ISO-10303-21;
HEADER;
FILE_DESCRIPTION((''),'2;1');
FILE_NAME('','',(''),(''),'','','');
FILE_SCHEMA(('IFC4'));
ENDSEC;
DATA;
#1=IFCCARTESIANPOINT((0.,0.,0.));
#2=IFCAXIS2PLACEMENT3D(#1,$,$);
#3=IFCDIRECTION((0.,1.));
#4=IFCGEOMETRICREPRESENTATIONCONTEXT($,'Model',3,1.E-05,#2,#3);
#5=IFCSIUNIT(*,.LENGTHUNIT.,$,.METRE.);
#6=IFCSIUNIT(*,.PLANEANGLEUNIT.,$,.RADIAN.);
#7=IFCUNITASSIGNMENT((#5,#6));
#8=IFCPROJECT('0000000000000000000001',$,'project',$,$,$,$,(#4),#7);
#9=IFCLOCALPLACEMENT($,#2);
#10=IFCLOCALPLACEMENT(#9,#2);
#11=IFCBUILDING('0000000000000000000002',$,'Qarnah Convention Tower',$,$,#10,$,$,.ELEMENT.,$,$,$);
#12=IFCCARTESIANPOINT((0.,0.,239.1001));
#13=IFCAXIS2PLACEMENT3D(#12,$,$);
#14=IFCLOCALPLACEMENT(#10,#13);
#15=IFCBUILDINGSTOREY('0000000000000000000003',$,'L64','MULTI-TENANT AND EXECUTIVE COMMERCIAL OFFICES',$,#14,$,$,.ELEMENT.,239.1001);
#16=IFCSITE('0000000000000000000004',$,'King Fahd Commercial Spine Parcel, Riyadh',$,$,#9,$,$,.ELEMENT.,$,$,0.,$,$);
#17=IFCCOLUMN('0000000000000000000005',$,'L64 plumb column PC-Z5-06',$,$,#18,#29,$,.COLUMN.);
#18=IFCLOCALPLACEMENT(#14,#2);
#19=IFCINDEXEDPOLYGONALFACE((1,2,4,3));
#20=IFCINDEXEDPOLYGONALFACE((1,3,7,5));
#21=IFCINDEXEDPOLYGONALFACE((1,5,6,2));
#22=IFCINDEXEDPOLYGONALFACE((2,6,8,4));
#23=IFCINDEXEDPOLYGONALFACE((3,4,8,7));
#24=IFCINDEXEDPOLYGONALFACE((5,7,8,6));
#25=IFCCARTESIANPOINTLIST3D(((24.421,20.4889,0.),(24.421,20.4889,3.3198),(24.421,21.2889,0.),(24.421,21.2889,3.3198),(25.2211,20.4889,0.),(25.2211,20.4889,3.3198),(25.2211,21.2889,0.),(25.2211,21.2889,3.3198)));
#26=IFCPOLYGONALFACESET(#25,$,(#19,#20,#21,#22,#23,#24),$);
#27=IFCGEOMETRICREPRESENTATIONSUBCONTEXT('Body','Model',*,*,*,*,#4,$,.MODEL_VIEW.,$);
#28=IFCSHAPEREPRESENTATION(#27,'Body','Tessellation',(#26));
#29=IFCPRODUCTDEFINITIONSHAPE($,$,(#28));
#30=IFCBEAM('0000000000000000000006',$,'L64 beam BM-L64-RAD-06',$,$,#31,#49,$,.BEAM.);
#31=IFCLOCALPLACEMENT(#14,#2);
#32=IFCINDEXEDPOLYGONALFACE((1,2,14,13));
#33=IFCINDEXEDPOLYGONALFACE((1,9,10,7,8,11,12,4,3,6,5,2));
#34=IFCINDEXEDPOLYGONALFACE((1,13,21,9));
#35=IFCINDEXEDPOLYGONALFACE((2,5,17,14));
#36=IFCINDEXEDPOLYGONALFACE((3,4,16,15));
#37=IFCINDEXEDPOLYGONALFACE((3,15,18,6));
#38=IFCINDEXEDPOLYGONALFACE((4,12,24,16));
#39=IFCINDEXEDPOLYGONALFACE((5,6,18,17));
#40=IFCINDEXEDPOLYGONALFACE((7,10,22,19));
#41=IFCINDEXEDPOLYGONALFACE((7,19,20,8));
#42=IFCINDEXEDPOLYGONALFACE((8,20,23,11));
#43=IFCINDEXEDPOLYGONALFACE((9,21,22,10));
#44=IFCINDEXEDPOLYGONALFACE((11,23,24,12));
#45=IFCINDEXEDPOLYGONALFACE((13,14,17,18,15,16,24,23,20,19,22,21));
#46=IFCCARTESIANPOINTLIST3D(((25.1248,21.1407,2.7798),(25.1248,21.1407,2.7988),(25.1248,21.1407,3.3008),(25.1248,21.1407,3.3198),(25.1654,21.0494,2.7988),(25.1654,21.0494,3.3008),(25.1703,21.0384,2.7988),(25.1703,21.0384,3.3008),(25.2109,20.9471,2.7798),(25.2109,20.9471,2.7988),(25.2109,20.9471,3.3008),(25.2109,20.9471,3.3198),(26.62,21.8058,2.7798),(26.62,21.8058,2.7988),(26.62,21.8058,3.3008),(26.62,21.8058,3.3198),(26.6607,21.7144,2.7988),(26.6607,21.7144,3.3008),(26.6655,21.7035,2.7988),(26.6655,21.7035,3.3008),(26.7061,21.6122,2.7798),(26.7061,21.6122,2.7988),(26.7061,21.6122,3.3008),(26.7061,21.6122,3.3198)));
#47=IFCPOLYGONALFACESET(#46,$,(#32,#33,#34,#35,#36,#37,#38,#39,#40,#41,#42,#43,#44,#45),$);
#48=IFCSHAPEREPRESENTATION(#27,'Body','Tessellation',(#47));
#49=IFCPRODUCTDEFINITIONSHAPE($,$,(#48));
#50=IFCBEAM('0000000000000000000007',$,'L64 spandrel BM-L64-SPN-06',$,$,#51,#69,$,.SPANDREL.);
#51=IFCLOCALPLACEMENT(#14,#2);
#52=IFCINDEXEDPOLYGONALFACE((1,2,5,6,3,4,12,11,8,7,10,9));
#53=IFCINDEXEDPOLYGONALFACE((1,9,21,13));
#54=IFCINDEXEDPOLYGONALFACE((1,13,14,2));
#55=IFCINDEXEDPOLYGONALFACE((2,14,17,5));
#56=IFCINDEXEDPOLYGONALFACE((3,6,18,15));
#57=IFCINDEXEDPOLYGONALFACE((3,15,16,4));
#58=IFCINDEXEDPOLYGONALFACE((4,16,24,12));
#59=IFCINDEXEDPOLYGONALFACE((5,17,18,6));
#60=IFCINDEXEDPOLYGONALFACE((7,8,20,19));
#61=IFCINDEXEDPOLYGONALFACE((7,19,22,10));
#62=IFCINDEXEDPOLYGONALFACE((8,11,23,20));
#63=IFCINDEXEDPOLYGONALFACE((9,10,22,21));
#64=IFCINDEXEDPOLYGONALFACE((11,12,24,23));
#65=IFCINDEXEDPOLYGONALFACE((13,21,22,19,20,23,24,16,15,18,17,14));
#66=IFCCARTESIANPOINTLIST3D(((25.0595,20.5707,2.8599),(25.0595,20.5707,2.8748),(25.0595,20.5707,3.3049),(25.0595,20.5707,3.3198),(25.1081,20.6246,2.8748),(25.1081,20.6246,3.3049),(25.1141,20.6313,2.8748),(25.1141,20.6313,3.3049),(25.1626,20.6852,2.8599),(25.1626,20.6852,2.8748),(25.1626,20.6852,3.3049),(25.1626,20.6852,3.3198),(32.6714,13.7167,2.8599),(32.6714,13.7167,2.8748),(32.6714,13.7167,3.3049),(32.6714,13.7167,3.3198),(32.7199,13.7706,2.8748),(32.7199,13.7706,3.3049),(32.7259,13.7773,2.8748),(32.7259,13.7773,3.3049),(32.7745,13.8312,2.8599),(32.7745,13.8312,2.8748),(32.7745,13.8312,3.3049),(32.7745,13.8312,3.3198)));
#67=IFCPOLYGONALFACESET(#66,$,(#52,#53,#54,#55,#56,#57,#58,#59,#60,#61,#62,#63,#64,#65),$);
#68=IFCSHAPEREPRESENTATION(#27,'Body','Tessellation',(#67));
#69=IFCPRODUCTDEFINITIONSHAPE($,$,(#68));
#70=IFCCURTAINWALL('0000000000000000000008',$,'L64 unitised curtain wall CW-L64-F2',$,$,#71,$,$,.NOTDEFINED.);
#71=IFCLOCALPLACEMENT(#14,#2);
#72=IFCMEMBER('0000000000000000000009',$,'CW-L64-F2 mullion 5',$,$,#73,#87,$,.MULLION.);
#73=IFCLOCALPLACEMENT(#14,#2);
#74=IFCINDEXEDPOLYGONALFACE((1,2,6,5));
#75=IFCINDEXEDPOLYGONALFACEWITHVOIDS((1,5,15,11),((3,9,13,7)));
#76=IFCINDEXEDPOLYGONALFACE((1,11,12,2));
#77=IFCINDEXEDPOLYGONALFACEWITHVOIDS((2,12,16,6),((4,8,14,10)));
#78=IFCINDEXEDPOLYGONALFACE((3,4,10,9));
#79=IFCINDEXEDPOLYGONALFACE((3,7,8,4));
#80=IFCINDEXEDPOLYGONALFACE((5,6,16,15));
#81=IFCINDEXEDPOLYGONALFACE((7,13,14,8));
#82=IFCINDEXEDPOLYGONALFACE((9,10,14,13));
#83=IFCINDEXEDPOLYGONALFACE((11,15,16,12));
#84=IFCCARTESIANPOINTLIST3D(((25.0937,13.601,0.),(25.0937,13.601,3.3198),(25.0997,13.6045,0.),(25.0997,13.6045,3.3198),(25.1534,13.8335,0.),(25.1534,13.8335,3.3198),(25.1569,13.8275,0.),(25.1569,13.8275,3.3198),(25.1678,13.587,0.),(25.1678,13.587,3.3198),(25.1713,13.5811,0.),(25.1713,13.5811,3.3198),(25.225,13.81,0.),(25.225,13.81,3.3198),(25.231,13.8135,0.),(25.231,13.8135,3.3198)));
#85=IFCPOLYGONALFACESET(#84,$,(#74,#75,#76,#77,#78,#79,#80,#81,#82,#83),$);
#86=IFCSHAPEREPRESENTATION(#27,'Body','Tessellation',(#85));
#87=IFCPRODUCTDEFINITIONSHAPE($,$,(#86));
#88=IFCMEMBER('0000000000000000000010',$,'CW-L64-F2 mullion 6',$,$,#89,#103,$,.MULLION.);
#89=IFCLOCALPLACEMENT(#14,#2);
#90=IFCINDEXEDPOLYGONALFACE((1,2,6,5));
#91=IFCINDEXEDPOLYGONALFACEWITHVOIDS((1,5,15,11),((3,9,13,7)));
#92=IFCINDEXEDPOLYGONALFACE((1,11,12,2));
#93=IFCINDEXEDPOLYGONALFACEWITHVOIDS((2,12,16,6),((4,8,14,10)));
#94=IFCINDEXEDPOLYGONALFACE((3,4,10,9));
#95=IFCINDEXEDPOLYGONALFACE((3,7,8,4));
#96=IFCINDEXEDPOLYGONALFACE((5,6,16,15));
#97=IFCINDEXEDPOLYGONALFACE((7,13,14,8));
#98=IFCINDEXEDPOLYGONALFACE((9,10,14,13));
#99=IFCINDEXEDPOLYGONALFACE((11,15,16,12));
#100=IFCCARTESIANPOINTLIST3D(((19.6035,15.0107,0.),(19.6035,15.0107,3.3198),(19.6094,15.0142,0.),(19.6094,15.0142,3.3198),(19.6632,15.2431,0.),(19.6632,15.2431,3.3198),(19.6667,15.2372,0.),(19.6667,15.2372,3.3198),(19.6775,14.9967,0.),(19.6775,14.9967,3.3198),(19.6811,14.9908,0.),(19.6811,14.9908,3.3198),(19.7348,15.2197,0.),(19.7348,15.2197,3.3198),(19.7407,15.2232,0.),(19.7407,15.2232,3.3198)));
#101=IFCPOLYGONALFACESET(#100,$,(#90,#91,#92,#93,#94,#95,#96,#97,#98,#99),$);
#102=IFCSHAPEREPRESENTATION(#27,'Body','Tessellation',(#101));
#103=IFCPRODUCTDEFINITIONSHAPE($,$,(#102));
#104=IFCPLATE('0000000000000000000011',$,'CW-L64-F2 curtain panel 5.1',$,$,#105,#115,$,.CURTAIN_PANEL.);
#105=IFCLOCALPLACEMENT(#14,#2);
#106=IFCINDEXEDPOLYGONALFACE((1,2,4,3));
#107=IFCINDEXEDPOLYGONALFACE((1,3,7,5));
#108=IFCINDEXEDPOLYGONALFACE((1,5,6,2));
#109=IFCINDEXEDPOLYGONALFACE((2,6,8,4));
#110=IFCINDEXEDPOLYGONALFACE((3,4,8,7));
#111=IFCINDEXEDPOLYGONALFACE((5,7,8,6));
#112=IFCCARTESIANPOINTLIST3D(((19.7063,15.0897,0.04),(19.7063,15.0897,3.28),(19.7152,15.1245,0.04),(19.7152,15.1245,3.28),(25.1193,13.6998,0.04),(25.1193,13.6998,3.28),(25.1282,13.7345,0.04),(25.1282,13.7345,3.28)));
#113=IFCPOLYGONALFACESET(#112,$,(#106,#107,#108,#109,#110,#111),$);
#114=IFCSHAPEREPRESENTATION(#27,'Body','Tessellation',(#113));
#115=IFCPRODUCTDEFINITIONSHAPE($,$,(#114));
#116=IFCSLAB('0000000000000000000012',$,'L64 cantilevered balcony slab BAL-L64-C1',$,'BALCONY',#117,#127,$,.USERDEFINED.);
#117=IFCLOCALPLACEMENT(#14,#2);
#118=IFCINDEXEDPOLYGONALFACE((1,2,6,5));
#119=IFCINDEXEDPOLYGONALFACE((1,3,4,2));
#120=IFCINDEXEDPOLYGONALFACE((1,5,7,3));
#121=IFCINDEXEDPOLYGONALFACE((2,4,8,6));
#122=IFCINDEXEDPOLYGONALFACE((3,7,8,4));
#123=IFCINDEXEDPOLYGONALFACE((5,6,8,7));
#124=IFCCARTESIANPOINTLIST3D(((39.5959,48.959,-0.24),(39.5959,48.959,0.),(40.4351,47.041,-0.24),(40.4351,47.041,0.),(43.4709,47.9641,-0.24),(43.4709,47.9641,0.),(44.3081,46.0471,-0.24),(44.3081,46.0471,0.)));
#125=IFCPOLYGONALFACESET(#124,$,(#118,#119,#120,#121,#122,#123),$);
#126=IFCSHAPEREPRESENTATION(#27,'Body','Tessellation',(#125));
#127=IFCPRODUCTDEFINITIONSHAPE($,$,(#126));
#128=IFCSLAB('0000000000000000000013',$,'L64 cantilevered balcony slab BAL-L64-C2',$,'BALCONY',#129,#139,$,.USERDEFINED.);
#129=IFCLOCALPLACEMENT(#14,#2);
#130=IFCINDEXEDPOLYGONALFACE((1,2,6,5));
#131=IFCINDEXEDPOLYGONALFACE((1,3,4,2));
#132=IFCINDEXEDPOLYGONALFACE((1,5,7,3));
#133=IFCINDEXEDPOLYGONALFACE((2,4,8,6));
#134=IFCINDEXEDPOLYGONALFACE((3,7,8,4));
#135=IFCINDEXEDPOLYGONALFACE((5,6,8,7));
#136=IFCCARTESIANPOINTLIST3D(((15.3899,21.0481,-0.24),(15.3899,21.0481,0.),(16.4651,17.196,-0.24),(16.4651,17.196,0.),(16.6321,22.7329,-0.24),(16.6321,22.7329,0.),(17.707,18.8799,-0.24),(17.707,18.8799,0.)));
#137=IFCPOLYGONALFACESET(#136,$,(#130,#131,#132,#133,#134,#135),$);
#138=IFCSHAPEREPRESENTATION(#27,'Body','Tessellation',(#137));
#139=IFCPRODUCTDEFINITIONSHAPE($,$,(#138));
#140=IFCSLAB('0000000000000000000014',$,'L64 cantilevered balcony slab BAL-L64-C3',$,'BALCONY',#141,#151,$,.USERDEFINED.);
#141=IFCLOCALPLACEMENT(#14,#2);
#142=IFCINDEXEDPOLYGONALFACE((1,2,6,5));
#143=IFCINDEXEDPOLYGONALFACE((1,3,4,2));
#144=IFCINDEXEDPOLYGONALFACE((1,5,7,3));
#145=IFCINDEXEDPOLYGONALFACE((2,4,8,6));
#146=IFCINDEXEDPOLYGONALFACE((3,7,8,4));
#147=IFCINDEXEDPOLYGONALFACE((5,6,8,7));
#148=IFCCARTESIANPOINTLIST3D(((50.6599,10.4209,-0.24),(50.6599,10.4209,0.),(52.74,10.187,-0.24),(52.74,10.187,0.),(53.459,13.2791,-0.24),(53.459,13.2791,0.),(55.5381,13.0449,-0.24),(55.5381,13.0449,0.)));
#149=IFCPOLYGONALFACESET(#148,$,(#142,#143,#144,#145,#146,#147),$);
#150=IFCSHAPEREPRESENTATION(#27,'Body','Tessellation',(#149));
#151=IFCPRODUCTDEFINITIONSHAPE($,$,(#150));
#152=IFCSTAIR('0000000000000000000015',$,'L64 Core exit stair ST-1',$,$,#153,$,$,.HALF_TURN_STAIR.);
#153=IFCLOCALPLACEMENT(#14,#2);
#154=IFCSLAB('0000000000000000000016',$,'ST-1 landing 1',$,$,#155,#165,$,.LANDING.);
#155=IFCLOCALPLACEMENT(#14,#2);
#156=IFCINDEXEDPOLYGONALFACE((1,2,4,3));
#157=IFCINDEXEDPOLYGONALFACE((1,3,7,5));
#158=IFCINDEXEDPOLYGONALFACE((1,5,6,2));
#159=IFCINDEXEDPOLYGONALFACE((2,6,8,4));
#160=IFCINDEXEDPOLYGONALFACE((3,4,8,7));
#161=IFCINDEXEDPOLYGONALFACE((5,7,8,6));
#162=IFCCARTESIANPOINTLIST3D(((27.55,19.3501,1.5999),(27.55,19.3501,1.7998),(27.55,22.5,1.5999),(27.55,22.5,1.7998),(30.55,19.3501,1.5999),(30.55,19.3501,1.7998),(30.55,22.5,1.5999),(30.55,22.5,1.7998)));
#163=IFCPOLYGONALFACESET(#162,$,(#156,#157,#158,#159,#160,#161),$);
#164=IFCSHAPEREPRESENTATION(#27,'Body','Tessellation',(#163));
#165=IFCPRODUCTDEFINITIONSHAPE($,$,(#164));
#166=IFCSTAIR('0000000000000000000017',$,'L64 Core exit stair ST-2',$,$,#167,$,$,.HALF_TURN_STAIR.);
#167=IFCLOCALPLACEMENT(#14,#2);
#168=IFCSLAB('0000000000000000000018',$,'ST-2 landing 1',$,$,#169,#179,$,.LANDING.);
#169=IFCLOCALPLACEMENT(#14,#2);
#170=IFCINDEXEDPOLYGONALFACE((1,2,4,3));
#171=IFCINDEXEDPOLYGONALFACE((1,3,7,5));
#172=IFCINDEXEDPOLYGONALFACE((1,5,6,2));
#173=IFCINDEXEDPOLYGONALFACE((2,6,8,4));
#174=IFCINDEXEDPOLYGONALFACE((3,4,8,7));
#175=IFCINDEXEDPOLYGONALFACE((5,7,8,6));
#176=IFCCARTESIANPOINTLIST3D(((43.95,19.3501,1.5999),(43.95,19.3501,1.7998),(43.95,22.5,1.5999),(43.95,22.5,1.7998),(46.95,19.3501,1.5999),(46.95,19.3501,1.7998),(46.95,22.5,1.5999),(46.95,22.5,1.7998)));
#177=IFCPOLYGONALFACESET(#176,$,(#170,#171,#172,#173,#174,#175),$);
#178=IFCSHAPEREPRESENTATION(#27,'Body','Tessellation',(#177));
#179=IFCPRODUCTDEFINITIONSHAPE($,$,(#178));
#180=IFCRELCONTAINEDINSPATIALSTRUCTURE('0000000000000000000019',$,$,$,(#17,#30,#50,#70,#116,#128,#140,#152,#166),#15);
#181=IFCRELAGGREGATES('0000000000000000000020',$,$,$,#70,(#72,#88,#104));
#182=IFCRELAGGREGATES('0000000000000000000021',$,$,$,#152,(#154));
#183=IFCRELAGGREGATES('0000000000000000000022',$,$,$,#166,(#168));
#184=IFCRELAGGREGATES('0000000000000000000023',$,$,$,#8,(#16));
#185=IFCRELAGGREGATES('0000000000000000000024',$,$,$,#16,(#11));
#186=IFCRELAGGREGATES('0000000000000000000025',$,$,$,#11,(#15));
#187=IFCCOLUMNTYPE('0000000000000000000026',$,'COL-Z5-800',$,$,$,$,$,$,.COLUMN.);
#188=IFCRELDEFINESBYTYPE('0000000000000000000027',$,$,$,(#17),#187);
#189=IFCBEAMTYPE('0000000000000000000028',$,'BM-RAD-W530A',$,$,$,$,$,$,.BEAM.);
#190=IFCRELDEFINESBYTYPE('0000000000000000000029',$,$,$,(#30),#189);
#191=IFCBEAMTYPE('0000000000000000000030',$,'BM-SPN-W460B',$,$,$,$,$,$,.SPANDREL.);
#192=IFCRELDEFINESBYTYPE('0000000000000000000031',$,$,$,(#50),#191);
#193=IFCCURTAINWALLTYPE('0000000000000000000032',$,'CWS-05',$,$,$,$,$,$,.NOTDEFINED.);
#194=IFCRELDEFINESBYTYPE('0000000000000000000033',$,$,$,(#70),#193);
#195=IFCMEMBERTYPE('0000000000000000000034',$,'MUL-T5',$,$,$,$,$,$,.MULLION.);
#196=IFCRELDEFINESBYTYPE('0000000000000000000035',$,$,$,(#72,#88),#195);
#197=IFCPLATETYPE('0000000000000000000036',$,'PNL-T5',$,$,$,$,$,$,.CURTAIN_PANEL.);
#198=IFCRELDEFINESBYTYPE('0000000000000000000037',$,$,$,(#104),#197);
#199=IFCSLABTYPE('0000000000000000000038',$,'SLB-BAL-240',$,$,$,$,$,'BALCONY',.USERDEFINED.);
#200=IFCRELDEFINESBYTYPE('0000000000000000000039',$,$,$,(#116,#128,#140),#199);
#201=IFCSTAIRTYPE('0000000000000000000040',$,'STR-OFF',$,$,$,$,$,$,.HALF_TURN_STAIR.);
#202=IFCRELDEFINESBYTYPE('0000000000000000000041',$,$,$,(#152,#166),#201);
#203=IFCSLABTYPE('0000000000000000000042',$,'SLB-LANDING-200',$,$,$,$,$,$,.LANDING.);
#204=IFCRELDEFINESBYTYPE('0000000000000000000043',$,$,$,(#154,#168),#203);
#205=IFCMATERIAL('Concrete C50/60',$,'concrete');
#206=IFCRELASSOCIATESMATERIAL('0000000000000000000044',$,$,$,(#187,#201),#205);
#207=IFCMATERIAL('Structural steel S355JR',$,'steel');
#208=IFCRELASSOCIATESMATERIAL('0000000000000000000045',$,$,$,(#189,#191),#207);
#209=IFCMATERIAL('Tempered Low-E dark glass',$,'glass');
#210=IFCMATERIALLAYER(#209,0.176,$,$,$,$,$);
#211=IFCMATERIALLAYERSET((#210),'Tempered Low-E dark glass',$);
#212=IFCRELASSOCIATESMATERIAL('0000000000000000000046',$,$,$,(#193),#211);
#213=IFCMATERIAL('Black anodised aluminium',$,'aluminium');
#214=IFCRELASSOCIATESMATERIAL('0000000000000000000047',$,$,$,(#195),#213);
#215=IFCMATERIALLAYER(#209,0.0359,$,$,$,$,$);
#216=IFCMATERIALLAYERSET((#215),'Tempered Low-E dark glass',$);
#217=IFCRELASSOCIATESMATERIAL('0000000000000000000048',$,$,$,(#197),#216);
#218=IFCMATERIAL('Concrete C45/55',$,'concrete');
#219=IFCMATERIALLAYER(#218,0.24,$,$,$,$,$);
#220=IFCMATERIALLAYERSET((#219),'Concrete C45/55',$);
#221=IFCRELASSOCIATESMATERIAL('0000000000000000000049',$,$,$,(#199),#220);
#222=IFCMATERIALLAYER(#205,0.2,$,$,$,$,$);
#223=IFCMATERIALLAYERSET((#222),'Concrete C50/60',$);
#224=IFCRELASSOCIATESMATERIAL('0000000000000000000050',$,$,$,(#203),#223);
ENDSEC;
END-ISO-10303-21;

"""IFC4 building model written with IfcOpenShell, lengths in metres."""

from ifc_helpers import new_model, si_unit, direction, frame, origin, origin_2d, place, context, subcontext, project, spatial, polyline, rectangle, hollow_rectangle, i_section, outline, extrude, material, layer, layer_set, material_profile, profile_set, type_object, element, aggregate, save


model = new_model("IFC4")

# Units and contexts
model_context = context("Model", 3, precision=1e-05, world=origin(), true_north=direction((0.0, 1.0)))
body_context = subcontext(model_context, "Body", "Model", "MODEL_VIEW")
ifc_project = project(units=[si_unit("LENGTHUNIT", "METRE"), si_unit("PLANEANGLEUNIT", "RADIAN")], contexts=[model_context])

# Site, building, storey
site_placement = place(None, origin())
site = spatial("IfcSite", under=ifc_project, at=site_placement, Name="King Fahd Commercial Spine Parcel, Riyadh", CompositionType="ELEMENT", RefElevation=0.0)
building_placement = place(site_placement, origin())
building = spatial("IfcBuilding", under=site, at=building_placement, Name="Qarnah Convention Tower", CompositionType="ELEMENT")
storey_placement = place(building_placement, frame((0.0, 0.0, 239.1001)))
storey = spatial("IfcBuildingStorey", under=building, at=storey_placement, Name="L64", Description="MULTI-TENANT AND EXECUTIVE COMMERCIAL OFFICES", CompositionType="ELEMENT", Elevation=239.1001)

# Column
ifc_material_1 = material(Name="Concrete C50/60", Category="concrete")
ifc_material_profile_1 = material_profile(ifc_material_1, rectangle(XDim=0.8, YDim=0.8, at=origin_2d()), Name="RC-COL-800X800")
ifc_profile_set_1 = profile_set([ifc_material_profile_1], Name="Concrete C50/60")
column_type = type_object("IfcColumnType", Name="COL-Z5-800", PredefinedType="COLUMN", material=ifc_profile_set_1)
column_placement = place(storey_placement, frame((24.821, 20.8889, 0.0), z_axis=(0.0, 0.0, 1.0), x_axis=(1.0, 0.0, 0.0)))
element("IfcColumn", 1, at=column_placement, inside=storey, type_object=column_type, Name="L64 plumb column PC-Z5-06", PredefinedType="COLUMN", context=body_context, shape_type="SweptSolid", body=[
    extrude(rectangle(XDim=0.8, YDim=0.8, at=origin_2d()), origin(), (0.0, 0.0, 1.0), 3.3198),
])

# Beams
ifc_material_2 = material(Name="Structural steel S355JR", Category="steel")
ifc_material_profile_2 = material_profile(ifc_material_2, i_section(OverallWidth=0.2119, OverallDepth=0.54, WebThickness=0.012, FlangeThickness=0.019, at=origin_2d()), Name="W530X109")
ifc_profile_set_2 = profile_set([ifc_material_profile_2], Name="Structural steel S355JR")
beam_type_1 = type_object("IfcBeamType", Name="BM-RAD-W530A", PredefinedType="BEAM", material=ifc_profile_set_2)
beam_1_placement = place(storey_placement, frame((26.6631, 21.709, 3.0498), z_axis=(-0.913688, -0.406415, 0.0), x_axis=(0.406415, -0.913688, 0.0)))
element("IfcBeam", 2, at=beam_1_placement, inside=storey, type_object=beam_type_1, Name="L64 beam BM-L64-RAD-06", PredefinedType="BEAM", context=body_context, shape_type="SweptSolid", body=[
    extrude(i_section(OverallWidth=0.2119, OverallDepth=0.54, WebThickness=0.012, FlangeThickness=0.019, at=origin_2d()), origin(), (0.0, 0.0, 1.0), 1.6365),
])
ifc_material_profile_3 = material_profile(ifc_material_2, i_section(OverallWidth=0.1541, OverallDepth=0.46, WebThickness=0.009, FlangeThickness=0.0149, at=origin_2d()), Name="W460X68")
ifc_profile_set_3 = profile_set([ifc_material_profile_3], Name="Structural steel S355JR")
beam_type_2 = type_object("IfcBeamType", Name="BM-SPN-W460B", PredefinedType="SPANDREL", material=ifc_profile_set_3)
beam_2_placement = place(storey_placement, frame((25.1111, 20.6279, 3.0898), z_axis=(0.743131, -0.669146, 0.0), x_axis=(0.669146, 0.743131, 0.0)))
element("IfcBeam", 3, at=beam_2_placement, inside=storey, type_object=beam_type_2, Name="L64 spandrel BM-L64-SPN-06", PredefinedType="SPANDREL", context=body_context, shape_type="SweptSolid", body=[
    extrude(i_section(OverallWidth=0.1541, OverallDepth=0.46, WebThickness=0.009, FlangeThickness=0.0149, at=origin_2d()), origin(), (0.0, 0.0, 1.0), 10.2429),
])

# Curtain wall, members, plate
ifc_material_3 = material(Name="Tempered Low-E dark glass", Category="glass")
ifc_layer_1 = layer(ifc_material_3, 0.176)
ifc_layer_set_1 = layer_set([ifc_layer_1], Name="Tempered Low-E dark glass")
curtain_wall_type = type_object("IfcCurtainWallType", Name="CWS-05", PredefinedType="NOTDEFINED", material=ifc_layer_set_1)
curtain_wall_placement = place(storey_placement, origin())
curtain_wall = element("IfcCurtainWall", 4, at=curtain_wall_placement, inside=storey, type_object=curtain_wall_type, Name="L64 unitised curtain wall CW-L64-F2", PredefinedType="NOTDEFINED")
ifc_material_4 = material(Name="Black anodised aluminium", Category="aluminium")
ifc_material_profile_4 = material_profile(ifc_material_4, hollow_rectangle(XDim=0.0801, YDim=0.24, WallThickness=0.0049, at=origin_2d()), Name="MUL-80X240")
ifc_profile_set_4 = profile_set([ifc_material_profile_4], Name="Black anodised aluminium")
member_type = type_object("IfcMemberType", Name="MUL-T5", PredefinedType="MULLION", material=ifc_profile_set_4)
member_1_placement = place(storey_placement, frame((25.1624, 13.7073, 0.0), z_axis=(0.0, 0.0, 1.0), x_axis=(-0.968579, 0.248707, 0.0)))
member_1 = element("IfcMember", 5, at=member_1_placement, type_object=member_type, Name="CW-L64-F2 mullion 5", PredefinedType="MULLION", context=body_context, shape_type="SweptSolid", body=[
    extrude(hollow_rectangle(XDim=0.0801, YDim=0.24, WallThickness=0.0049, at=origin_2d()), origin(), (0.0, 0.0, 1.0), 3.3198),
])
member_2_placement = place(storey_placement, frame((19.6721, 15.1169, 0.0), z_axis=(0.0, 0.0, 1.0), x_axis=(-0.968579, 0.248707, 0.0)))
member_2 = element("IfcMember", 6, at=member_2_placement, type_object=member_type, Name="CW-L64-F2 mullion 6", PredefinedType="MULLION", context=body_context, shape_type="SweptSolid", body=[
    extrude(hollow_rectangle(XDim=0.0801, YDim=0.24, WallThickness=0.0049, at=origin_2d()), origin(), (0.0, 0.0, 1.0), 3.3198),
])
ifc_layer_2 = layer(ifc_material_3, 0.0359)
ifc_layer_set_2 = layer_set([ifc_layer_2], Name="Tempered Low-E dark glass")
plate_type = type_object("IfcPlateType", Name="PNL-T5", PredefinedType="CURTAIN_PANEL", material=ifc_layer_set_2)
plate_placement = place(storey_placement, frame((22.4172, 14.4121, 0.04), z_axis=(0.0, 0.0, 1.0), x_axis=(-0.968579, 0.248707, 0.0)))
plate = element("IfcPlate", 7, at=plate_placement, type_object=plate_type, Name="CW-L64-F2 curtain panel 5.1", PredefinedType="CURTAIN_PANEL", context=body_context, shape_type="SweptSolid", body=[
    extrude(rectangle(XDim=5.5886, YDim=0.0359, at=origin_2d()), origin(), (0.0, 0.0, 1.0), 3.24),
])
aggregate(curtain_wall, [member_1, member_2, plate])

# Slabs
ifc_material_5 = material(Name="Concrete C45/55", Category="concrete")
ifc_layer_3 = layer(ifc_material_5, 0.24)
ifc_layer_set_3 = layer_set([ifc_layer_3], Name="Concrete C45/55")
slab_type_1 = type_object("IfcSlabType", Name="SLB-BAL-240", ElementType="BALCONY", PredefinedType="USERDEFINED", material=ifc_layer_set_3)
slab_1_placement = place(storey_placement, frame((0.0, 0.0, -0.24)))
element("IfcSlab", 8, at=slab_1_placement, inside=storey, type_object=slab_type_1, Name="L64 cantilevered balcony slab BAL-L64-C1", ObjectType="BALCONY", PredefinedType="USERDEFINED", context=body_context, shape_type="SweptSolid", body=[
    extrude(outline(polyline([(39.5959, 48.959), (43.4709, 47.9641), (44.3081, 46.0471), (40.4351, 47.041), (39.5959, 48.959)])), origin(), (0.0, 0.0, 1.0), 0.24),
])
slab_2_placement = place(storey_placement, frame((0.0, 0.0, -0.24)))
element("IfcSlab", 9, at=slab_2_placement, inside=storey, type_object=slab_type_1, Name="L64 cantilevered balcony slab BAL-L64-C2", ObjectType="BALCONY", PredefinedType="USERDEFINED", context=body_context, shape_type="SweptSolid", body=[
    extrude(outline(polyline([(16.4651, 17.196), (15.3899, 21.0481), (16.6321, 22.7329), (17.707, 18.8799), (16.4651, 17.196)])), origin(), (0.0, 0.0, 1.0), 0.24),
])
slab_3_placement = place(storey_placement, frame((0.0, 0.0, -0.24)))
element("IfcSlab", 10, at=slab_3_placement, inside=storey, type_object=slab_type_1, Name="L64 cantilevered balcony slab BAL-L64-C3", ObjectType="BALCONY", PredefinedType="USERDEFINED", context=body_context, shape_type="SweptSolid", body=[
    extrude(outline(polyline([(55.5381, 13.0449), (52.74, 10.187), (50.6599, 10.4209), (53.459, 13.2791), (55.5381, 13.0449)])), origin(), (0.0, 0.0, 1.0), 0.24),
])

# Stairs, slabs
stair_type = type_object("IfcStairType", Name="STR-OFF", PredefinedType="HALF_TURN_STAIR", material=ifc_material_1)
stair_1_placement = place(storey_placement, origin())
stair_1 = element("IfcStair", 11, at=stair_1_placement, inside=storey, type_object=stair_type, Name="L64 Core exit stair ST-1", PredefinedType="HALF_TURN_STAIR")
ifc_layer_4 = layer(ifc_material_1, 0.2)
ifc_layer_set_4 = layer_set([ifc_layer_4], Name="Concrete C50/60")
slab_type_2 = type_object("IfcSlabType", Name="SLB-LANDING-200", PredefinedType="LANDING", material=ifc_layer_set_4)
slab_4_placement = place(storey_placement, frame((0.0, 0.0, 1.5999)))
slab_4 = element("IfcSlab", 12, at=slab_4_placement, type_object=slab_type_2, Name="ST-1 landing 1", PredefinedType="LANDING", context=body_context, shape_type="SweptSolid", body=[
    extrude(outline(polyline([(27.55, 22.5), (27.55, 19.3501), (30.55, 19.3501), (30.55, 22.5), (27.55, 22.5)])), origin(), (0.0, 0.0, 1.0), 0.2),
])
aggregate(stair_1, [slab_4])
stair_2_placement = place(storey_placement, origin())
stair_2 = element("IfcStair", 13, at=stair_2_placement, inside=storey, type_object=stair_type, Name="L64 Core exit stair ST-2", PredefinedType="HALF_TURN_STAIR")
slab_5_placement = place(storey_placement, frame((0.0, 0.0, 1.5999)))
slab_5 = element("IfcSlab", 14, at=slab_5_placement, type_object=slab_type_2, Name="ST-2 landing 1", PredefinedType="LANDING", context=body_context, shape_type="SweptSolid", body=[
    extrude(outline(polyline([(43.95, 22.5), (43.95, 19.3501), (46.95, 19.3501), (46.95, 22.5), (43.95, 22.5)])), origin(), (0.0, 0.0, 1.0), 0.2),
])
aggregate(stair_2, [slab_5])

save(model, "model.ifc")
